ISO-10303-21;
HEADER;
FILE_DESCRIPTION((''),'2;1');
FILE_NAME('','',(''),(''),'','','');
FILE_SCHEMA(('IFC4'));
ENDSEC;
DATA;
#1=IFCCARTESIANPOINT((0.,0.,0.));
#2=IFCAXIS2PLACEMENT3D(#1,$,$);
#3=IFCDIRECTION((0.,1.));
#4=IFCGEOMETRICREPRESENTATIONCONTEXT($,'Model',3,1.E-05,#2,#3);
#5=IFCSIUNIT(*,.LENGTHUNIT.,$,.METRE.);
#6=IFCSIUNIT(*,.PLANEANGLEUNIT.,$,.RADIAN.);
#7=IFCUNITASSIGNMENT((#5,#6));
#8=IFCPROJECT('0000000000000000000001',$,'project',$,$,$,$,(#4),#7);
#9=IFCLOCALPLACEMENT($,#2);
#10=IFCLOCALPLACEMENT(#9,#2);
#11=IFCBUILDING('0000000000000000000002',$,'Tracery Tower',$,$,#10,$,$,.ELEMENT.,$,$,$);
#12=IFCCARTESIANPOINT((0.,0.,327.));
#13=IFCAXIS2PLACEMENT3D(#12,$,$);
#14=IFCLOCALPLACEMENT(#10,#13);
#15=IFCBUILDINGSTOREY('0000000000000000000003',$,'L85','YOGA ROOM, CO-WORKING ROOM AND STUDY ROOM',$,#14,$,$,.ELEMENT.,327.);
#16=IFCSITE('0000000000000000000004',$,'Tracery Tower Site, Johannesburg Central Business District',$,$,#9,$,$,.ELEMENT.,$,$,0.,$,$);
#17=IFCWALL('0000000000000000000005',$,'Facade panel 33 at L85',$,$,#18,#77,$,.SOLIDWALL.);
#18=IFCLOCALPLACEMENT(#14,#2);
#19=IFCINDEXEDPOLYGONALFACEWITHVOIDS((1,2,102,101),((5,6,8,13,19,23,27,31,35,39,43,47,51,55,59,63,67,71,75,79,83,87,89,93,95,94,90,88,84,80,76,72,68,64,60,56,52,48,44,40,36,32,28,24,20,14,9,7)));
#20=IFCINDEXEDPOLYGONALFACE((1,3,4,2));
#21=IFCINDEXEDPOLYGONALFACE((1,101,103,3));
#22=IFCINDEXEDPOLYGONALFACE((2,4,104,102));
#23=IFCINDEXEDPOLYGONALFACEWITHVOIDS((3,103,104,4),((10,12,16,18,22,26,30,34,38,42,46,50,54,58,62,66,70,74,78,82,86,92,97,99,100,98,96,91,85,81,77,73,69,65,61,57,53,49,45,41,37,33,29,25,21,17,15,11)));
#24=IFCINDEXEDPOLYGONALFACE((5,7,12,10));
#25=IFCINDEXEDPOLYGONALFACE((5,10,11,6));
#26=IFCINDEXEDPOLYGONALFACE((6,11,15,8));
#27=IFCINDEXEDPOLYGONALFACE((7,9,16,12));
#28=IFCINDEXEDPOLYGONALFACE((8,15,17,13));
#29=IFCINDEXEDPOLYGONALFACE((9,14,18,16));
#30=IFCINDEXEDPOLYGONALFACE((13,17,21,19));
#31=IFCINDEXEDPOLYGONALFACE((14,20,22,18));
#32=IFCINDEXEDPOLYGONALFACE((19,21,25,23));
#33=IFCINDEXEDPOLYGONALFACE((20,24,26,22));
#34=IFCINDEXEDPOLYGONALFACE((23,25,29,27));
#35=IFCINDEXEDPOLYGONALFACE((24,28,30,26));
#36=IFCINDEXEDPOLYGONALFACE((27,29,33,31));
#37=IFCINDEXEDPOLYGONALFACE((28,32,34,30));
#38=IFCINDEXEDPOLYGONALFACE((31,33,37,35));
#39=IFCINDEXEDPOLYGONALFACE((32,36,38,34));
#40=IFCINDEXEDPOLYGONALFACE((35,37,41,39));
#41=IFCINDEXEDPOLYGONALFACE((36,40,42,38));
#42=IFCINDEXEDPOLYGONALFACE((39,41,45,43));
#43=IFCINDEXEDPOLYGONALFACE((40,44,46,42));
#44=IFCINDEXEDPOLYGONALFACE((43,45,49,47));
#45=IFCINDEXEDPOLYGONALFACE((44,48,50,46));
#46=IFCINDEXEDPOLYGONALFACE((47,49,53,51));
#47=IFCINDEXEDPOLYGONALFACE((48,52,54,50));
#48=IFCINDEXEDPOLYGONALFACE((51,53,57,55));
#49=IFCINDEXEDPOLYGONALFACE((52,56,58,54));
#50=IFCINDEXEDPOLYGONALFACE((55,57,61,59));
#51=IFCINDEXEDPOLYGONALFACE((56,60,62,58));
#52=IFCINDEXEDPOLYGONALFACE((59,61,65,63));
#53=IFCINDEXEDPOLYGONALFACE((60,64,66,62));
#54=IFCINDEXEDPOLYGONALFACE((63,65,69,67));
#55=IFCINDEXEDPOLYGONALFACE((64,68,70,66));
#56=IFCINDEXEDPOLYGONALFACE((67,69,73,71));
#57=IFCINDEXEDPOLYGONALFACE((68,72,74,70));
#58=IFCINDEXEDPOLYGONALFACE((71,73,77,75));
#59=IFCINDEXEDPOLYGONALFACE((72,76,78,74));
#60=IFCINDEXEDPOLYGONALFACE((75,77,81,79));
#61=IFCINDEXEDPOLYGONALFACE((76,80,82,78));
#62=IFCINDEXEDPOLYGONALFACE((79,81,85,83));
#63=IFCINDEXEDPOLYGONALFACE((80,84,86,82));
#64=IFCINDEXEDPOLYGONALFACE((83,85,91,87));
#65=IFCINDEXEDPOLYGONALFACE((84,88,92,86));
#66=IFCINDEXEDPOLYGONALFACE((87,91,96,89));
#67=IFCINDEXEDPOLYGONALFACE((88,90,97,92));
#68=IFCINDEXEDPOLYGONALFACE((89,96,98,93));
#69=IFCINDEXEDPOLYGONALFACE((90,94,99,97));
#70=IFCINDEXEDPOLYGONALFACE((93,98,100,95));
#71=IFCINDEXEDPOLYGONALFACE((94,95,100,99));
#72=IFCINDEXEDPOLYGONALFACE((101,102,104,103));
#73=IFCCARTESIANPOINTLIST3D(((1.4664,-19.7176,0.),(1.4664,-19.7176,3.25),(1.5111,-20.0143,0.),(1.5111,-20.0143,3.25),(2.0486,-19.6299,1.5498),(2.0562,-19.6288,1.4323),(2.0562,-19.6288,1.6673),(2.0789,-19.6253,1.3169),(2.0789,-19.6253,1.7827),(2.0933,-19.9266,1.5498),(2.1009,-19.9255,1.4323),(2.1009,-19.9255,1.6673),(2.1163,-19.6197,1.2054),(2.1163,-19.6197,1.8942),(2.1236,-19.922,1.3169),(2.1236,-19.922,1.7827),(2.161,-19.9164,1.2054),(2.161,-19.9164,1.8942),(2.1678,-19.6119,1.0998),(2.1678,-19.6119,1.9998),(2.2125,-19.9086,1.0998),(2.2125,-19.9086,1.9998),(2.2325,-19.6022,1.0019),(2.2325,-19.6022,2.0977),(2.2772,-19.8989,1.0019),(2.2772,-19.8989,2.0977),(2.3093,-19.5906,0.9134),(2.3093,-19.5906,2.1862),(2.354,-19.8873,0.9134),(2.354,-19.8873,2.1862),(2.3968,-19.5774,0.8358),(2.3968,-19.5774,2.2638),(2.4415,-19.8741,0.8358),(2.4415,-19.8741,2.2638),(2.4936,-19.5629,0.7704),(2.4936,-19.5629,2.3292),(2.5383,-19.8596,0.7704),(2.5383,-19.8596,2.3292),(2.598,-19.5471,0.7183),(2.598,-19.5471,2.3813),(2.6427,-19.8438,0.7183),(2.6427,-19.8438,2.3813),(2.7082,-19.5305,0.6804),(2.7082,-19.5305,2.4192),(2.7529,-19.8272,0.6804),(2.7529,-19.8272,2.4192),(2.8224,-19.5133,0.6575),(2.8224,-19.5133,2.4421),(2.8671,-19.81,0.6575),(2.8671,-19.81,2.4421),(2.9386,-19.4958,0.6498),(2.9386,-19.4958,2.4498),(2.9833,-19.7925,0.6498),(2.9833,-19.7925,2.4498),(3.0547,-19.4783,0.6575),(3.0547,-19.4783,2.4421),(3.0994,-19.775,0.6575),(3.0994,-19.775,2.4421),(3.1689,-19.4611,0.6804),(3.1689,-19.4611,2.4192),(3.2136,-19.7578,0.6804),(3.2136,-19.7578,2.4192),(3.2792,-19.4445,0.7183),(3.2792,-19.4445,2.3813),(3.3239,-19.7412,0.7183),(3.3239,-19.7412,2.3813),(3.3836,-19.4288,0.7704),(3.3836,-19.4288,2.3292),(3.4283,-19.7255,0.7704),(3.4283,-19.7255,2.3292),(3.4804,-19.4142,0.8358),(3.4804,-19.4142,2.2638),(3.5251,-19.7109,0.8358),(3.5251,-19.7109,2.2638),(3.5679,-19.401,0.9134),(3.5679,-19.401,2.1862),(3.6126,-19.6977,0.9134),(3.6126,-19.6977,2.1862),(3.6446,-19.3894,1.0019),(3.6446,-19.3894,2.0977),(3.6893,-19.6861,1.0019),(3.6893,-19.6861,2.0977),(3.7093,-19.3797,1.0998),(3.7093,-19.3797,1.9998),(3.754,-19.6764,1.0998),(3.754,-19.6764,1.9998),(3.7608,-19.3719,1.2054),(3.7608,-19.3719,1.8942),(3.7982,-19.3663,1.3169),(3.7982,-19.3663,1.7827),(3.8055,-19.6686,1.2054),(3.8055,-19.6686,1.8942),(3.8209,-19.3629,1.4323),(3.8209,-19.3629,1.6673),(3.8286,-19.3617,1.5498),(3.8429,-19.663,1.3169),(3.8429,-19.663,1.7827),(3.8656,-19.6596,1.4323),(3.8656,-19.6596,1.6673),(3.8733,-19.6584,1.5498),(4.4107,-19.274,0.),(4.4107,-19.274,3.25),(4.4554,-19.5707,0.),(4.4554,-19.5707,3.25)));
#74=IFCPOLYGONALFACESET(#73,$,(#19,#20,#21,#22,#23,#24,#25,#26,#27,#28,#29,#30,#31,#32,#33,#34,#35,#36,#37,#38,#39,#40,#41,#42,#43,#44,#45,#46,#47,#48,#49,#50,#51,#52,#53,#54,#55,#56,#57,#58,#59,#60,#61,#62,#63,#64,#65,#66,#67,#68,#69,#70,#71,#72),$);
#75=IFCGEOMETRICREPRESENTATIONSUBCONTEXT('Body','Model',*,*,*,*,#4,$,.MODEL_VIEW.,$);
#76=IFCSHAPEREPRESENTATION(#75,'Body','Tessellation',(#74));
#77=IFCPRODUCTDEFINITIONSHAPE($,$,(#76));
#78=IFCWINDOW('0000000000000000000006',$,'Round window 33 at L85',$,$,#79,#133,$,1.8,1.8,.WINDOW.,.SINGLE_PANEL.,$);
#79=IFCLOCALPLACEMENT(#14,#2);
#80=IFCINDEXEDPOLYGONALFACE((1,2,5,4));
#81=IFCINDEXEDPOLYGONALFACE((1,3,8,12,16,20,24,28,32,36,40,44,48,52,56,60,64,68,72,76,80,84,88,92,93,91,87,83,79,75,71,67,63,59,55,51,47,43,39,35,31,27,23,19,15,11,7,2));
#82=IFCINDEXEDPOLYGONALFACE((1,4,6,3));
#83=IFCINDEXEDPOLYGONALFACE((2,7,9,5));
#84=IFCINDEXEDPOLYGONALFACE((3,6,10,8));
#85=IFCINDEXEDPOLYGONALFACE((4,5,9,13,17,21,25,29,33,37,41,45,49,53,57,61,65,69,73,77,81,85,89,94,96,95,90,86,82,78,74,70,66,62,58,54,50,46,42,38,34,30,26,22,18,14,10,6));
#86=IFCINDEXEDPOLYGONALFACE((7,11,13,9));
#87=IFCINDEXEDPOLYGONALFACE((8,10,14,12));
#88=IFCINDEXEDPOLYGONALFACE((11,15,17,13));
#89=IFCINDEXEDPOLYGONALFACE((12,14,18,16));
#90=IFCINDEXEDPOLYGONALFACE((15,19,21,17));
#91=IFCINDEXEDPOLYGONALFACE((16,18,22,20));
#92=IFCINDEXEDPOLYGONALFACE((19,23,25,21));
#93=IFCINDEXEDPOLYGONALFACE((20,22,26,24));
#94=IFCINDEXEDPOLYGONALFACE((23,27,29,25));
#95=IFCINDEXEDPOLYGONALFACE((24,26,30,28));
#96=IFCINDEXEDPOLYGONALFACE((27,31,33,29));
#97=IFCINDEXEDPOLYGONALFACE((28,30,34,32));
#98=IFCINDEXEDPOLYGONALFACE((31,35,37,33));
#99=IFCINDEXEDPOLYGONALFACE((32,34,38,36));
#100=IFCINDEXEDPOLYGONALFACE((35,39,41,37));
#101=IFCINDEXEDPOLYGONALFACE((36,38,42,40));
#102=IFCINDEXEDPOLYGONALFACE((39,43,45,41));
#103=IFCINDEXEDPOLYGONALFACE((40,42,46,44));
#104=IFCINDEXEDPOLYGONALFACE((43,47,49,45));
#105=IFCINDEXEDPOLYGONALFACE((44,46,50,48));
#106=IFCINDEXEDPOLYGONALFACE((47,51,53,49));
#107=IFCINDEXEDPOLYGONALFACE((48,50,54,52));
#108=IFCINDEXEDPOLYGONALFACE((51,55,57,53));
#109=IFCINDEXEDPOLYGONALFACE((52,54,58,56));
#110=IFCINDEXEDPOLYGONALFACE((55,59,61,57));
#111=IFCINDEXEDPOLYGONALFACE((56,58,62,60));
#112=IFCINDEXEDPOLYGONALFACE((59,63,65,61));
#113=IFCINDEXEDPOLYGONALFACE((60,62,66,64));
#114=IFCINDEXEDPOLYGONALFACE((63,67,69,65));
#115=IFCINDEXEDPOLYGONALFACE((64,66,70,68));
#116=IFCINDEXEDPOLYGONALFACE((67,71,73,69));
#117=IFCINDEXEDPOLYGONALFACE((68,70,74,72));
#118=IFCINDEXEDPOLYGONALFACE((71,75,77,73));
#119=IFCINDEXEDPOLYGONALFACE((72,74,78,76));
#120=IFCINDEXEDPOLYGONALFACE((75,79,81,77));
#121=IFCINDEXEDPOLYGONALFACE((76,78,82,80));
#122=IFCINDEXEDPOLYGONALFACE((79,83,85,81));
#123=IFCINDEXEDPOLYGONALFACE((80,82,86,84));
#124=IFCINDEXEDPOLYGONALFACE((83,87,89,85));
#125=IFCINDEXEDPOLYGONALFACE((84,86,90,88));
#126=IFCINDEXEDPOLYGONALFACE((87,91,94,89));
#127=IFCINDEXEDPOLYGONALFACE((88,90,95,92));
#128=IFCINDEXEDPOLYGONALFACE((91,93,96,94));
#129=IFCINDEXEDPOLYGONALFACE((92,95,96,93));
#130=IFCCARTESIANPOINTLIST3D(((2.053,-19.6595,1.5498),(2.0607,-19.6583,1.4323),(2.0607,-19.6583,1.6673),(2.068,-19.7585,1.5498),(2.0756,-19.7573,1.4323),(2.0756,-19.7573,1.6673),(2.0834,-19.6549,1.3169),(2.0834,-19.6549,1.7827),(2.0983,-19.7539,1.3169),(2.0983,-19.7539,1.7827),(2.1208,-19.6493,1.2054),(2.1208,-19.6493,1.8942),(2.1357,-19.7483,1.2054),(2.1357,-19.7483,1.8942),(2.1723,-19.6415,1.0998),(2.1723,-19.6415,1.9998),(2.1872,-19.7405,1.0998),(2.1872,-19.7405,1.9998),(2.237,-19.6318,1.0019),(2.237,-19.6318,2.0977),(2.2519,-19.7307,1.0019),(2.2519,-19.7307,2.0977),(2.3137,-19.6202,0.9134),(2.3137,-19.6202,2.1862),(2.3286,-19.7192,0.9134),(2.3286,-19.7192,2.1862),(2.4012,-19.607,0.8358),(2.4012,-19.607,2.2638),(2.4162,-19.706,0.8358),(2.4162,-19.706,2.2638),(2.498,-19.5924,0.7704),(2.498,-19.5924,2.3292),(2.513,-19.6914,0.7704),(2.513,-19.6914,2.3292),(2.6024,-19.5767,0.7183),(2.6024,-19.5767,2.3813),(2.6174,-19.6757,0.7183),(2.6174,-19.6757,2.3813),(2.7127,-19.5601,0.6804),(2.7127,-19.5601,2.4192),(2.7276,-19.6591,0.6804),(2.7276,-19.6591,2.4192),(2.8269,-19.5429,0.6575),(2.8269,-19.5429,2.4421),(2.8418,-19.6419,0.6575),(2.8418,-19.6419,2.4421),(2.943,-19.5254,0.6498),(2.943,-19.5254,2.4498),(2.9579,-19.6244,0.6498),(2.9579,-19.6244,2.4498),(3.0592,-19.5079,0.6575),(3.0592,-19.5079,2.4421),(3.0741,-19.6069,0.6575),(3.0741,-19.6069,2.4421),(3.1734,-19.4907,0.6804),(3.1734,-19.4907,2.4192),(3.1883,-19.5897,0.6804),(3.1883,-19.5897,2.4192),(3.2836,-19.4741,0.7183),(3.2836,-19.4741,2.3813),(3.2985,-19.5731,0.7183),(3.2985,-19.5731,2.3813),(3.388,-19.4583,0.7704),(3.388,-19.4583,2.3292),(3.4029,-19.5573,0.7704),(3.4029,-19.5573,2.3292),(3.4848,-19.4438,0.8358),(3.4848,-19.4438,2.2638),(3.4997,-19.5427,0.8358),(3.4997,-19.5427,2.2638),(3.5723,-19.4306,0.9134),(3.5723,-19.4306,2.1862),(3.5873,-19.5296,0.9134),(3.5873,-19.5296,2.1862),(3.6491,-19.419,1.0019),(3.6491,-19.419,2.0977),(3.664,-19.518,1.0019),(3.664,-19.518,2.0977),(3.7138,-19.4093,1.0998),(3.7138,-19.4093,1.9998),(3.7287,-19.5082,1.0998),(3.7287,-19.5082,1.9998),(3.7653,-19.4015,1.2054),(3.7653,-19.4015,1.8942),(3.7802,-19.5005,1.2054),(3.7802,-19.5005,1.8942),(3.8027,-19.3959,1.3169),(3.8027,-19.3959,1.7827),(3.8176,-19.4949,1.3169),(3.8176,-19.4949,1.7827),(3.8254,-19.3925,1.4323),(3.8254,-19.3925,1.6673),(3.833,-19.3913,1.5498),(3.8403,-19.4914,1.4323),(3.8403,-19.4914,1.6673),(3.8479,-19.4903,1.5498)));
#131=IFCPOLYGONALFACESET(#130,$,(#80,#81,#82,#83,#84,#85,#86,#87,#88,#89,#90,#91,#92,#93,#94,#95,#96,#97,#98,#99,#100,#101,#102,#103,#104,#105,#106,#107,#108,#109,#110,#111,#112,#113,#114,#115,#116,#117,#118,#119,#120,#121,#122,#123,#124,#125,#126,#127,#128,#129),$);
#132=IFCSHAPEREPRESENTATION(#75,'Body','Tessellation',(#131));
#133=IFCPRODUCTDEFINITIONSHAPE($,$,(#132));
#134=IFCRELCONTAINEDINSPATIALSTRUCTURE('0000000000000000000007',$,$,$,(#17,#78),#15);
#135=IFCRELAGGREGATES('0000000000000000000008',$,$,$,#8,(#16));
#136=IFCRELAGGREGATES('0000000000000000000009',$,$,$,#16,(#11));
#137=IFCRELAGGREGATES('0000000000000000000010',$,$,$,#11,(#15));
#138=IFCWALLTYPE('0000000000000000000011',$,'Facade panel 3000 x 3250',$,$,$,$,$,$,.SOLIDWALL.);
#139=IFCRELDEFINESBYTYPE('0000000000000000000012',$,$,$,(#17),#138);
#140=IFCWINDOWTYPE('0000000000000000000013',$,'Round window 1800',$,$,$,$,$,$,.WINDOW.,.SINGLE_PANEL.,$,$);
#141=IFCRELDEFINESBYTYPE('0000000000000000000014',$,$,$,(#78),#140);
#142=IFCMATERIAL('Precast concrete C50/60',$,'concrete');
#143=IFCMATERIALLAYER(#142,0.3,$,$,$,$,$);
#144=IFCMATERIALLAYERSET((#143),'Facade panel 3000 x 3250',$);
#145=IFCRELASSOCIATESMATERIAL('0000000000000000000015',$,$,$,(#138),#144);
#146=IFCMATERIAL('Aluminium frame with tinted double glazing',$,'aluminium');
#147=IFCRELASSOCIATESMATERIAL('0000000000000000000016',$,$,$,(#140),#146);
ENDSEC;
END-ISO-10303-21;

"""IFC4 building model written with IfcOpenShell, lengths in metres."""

from ifc_helpers import new_model, si_unit, direction, frame, frame_2d, origin, origin_2d, place, context, subcontext, project, spatial, rectangle, circle, extrude, material, layer, layer_set, type_object, element, fill, save


model = new_model("IFC4")

# Units and contexts
model_context = context("Model", 3, precision=1e-05, world=origin(), true_north=direction((0.0, 1.0)))
body_context = subcontext(model_context, "Body", "Model", "MODEL_VIEW")
ifc_project = project(units=[si_unit("LENGTHUNIT", "METRE"), si_unit("PLANEANGLEUNIT", "RADIAN")], contexts=[model_context])

# Site, building, storey
site_placement = place(None, origin())
site = spatial("IfcSite", under=ifc_project, at=site_placement, Name="Tracery Tower Site, Johannesburg Central Business District", CompositionType="ELEMENT", RefElevation=0.0)
building_placement = place(site_placement, origin())
building = spatial("IfcBuilding", under=site, at=building_placement, Name="Tracery Tower", CompositionType="ELEMENT")
storey_placement = place(building_placement, frame((0.0, 0.0, 327.0)))
storey = spatial("IfcBuildingStorey", under=building, at=storey_placement, Name="L85", Description="YOGA ROOM, CO-WORKING ROOM AND STUDY ROOM", CompositionType="ELEMENT", Elevation=327.0)

# Wall, opening, window
ifc_material_1 = material(Name="Precast concrete C50/60", Category="concrete")
ifc_layer_1 = layer(ifc_material_1, 0.3)
ifc_layer_set_1 = layer_set([ifc_layer_1], Name="Facade panel 3000 x 3250")
wall_type_1 = type_object("IfcWallType", Name="Facade panel 3000 x 3250", PredefinedType="SOLIDWALL", material=ifc_layer_set_1)
ifc_material_2 = material(Name="Aluminium frame with tinted double glazing", Category="aluminium")
window_type = type_object("IfcWindowType", Name="Round window 1800", PartitioningType="SINGLE_PANEL", PredefinedType="WINDOW", material=ifc_material_2)
wall_1_placement = place(storey_placement, frame((1.4888, -19.866, 0.0), z_axis=(0.0, 0.0, 1.0), x_axis=(0.98884, 0.148982, 0.0)))
wall_1 = element("IfcWall", 1, at=wall_1_placement, inside=storey, type_object=wall_type_1, Name="Facade panel 33 at L85", PredefinedType="SOLIDWALL", context=body_context, shape_type="SweptSolid", body=[
    extrude(rectangle(XDim=2.9775, YDim=0.3, at=frame_2d((1.4888, 0.0))), origin(), (0.0, 0.0, 1.0), 3.25),
])
opening_1_placement = place(wall_1_placement, frame((1.4888, 0.0, 1.5498)))
opening_1 = element("IfcOpeningElement", 2, at=opening_1_placement, cuts=wall_1, PredefinedType="OPENING", context=body_context, shape_type="SweptSolid", body=[
    extrude(circle(Radius=0.9, at=origin_2d()), frame((0.0, 0.1599, 0.0), z_axis=(0.0, -1.0, 0.0), x_axis=(1.0, 0.0, 0.0)), (0.0, 0.0, 1.0), 0.3201),
])
window_1_placement = place(opening_1_placement, origin())
window_1 = element("IfcWindow", 3, at=window_1_placement, inside=storey, type_object=window_type, Name="Round window 33 at L85", OverallHeight=1.8, OverallWidth=1.8, PartitioningType="SINGLE_PANEL", PredefinedType="WINDOW", context=body_context, shape_type="SweptSolid", body=[
    extrude(circle(Radius=0.9, at=origin_2d()), frame((0.0, 0.1201, 0.0), z_axis=(0.0, -1.0, 0.0), x_axis=(1.0, 0.0, 0.0)), (0.0, 0.0, 1.0), 0.1001),
])
fill(opening_1, window_1)

save(model, "model.ifc")
